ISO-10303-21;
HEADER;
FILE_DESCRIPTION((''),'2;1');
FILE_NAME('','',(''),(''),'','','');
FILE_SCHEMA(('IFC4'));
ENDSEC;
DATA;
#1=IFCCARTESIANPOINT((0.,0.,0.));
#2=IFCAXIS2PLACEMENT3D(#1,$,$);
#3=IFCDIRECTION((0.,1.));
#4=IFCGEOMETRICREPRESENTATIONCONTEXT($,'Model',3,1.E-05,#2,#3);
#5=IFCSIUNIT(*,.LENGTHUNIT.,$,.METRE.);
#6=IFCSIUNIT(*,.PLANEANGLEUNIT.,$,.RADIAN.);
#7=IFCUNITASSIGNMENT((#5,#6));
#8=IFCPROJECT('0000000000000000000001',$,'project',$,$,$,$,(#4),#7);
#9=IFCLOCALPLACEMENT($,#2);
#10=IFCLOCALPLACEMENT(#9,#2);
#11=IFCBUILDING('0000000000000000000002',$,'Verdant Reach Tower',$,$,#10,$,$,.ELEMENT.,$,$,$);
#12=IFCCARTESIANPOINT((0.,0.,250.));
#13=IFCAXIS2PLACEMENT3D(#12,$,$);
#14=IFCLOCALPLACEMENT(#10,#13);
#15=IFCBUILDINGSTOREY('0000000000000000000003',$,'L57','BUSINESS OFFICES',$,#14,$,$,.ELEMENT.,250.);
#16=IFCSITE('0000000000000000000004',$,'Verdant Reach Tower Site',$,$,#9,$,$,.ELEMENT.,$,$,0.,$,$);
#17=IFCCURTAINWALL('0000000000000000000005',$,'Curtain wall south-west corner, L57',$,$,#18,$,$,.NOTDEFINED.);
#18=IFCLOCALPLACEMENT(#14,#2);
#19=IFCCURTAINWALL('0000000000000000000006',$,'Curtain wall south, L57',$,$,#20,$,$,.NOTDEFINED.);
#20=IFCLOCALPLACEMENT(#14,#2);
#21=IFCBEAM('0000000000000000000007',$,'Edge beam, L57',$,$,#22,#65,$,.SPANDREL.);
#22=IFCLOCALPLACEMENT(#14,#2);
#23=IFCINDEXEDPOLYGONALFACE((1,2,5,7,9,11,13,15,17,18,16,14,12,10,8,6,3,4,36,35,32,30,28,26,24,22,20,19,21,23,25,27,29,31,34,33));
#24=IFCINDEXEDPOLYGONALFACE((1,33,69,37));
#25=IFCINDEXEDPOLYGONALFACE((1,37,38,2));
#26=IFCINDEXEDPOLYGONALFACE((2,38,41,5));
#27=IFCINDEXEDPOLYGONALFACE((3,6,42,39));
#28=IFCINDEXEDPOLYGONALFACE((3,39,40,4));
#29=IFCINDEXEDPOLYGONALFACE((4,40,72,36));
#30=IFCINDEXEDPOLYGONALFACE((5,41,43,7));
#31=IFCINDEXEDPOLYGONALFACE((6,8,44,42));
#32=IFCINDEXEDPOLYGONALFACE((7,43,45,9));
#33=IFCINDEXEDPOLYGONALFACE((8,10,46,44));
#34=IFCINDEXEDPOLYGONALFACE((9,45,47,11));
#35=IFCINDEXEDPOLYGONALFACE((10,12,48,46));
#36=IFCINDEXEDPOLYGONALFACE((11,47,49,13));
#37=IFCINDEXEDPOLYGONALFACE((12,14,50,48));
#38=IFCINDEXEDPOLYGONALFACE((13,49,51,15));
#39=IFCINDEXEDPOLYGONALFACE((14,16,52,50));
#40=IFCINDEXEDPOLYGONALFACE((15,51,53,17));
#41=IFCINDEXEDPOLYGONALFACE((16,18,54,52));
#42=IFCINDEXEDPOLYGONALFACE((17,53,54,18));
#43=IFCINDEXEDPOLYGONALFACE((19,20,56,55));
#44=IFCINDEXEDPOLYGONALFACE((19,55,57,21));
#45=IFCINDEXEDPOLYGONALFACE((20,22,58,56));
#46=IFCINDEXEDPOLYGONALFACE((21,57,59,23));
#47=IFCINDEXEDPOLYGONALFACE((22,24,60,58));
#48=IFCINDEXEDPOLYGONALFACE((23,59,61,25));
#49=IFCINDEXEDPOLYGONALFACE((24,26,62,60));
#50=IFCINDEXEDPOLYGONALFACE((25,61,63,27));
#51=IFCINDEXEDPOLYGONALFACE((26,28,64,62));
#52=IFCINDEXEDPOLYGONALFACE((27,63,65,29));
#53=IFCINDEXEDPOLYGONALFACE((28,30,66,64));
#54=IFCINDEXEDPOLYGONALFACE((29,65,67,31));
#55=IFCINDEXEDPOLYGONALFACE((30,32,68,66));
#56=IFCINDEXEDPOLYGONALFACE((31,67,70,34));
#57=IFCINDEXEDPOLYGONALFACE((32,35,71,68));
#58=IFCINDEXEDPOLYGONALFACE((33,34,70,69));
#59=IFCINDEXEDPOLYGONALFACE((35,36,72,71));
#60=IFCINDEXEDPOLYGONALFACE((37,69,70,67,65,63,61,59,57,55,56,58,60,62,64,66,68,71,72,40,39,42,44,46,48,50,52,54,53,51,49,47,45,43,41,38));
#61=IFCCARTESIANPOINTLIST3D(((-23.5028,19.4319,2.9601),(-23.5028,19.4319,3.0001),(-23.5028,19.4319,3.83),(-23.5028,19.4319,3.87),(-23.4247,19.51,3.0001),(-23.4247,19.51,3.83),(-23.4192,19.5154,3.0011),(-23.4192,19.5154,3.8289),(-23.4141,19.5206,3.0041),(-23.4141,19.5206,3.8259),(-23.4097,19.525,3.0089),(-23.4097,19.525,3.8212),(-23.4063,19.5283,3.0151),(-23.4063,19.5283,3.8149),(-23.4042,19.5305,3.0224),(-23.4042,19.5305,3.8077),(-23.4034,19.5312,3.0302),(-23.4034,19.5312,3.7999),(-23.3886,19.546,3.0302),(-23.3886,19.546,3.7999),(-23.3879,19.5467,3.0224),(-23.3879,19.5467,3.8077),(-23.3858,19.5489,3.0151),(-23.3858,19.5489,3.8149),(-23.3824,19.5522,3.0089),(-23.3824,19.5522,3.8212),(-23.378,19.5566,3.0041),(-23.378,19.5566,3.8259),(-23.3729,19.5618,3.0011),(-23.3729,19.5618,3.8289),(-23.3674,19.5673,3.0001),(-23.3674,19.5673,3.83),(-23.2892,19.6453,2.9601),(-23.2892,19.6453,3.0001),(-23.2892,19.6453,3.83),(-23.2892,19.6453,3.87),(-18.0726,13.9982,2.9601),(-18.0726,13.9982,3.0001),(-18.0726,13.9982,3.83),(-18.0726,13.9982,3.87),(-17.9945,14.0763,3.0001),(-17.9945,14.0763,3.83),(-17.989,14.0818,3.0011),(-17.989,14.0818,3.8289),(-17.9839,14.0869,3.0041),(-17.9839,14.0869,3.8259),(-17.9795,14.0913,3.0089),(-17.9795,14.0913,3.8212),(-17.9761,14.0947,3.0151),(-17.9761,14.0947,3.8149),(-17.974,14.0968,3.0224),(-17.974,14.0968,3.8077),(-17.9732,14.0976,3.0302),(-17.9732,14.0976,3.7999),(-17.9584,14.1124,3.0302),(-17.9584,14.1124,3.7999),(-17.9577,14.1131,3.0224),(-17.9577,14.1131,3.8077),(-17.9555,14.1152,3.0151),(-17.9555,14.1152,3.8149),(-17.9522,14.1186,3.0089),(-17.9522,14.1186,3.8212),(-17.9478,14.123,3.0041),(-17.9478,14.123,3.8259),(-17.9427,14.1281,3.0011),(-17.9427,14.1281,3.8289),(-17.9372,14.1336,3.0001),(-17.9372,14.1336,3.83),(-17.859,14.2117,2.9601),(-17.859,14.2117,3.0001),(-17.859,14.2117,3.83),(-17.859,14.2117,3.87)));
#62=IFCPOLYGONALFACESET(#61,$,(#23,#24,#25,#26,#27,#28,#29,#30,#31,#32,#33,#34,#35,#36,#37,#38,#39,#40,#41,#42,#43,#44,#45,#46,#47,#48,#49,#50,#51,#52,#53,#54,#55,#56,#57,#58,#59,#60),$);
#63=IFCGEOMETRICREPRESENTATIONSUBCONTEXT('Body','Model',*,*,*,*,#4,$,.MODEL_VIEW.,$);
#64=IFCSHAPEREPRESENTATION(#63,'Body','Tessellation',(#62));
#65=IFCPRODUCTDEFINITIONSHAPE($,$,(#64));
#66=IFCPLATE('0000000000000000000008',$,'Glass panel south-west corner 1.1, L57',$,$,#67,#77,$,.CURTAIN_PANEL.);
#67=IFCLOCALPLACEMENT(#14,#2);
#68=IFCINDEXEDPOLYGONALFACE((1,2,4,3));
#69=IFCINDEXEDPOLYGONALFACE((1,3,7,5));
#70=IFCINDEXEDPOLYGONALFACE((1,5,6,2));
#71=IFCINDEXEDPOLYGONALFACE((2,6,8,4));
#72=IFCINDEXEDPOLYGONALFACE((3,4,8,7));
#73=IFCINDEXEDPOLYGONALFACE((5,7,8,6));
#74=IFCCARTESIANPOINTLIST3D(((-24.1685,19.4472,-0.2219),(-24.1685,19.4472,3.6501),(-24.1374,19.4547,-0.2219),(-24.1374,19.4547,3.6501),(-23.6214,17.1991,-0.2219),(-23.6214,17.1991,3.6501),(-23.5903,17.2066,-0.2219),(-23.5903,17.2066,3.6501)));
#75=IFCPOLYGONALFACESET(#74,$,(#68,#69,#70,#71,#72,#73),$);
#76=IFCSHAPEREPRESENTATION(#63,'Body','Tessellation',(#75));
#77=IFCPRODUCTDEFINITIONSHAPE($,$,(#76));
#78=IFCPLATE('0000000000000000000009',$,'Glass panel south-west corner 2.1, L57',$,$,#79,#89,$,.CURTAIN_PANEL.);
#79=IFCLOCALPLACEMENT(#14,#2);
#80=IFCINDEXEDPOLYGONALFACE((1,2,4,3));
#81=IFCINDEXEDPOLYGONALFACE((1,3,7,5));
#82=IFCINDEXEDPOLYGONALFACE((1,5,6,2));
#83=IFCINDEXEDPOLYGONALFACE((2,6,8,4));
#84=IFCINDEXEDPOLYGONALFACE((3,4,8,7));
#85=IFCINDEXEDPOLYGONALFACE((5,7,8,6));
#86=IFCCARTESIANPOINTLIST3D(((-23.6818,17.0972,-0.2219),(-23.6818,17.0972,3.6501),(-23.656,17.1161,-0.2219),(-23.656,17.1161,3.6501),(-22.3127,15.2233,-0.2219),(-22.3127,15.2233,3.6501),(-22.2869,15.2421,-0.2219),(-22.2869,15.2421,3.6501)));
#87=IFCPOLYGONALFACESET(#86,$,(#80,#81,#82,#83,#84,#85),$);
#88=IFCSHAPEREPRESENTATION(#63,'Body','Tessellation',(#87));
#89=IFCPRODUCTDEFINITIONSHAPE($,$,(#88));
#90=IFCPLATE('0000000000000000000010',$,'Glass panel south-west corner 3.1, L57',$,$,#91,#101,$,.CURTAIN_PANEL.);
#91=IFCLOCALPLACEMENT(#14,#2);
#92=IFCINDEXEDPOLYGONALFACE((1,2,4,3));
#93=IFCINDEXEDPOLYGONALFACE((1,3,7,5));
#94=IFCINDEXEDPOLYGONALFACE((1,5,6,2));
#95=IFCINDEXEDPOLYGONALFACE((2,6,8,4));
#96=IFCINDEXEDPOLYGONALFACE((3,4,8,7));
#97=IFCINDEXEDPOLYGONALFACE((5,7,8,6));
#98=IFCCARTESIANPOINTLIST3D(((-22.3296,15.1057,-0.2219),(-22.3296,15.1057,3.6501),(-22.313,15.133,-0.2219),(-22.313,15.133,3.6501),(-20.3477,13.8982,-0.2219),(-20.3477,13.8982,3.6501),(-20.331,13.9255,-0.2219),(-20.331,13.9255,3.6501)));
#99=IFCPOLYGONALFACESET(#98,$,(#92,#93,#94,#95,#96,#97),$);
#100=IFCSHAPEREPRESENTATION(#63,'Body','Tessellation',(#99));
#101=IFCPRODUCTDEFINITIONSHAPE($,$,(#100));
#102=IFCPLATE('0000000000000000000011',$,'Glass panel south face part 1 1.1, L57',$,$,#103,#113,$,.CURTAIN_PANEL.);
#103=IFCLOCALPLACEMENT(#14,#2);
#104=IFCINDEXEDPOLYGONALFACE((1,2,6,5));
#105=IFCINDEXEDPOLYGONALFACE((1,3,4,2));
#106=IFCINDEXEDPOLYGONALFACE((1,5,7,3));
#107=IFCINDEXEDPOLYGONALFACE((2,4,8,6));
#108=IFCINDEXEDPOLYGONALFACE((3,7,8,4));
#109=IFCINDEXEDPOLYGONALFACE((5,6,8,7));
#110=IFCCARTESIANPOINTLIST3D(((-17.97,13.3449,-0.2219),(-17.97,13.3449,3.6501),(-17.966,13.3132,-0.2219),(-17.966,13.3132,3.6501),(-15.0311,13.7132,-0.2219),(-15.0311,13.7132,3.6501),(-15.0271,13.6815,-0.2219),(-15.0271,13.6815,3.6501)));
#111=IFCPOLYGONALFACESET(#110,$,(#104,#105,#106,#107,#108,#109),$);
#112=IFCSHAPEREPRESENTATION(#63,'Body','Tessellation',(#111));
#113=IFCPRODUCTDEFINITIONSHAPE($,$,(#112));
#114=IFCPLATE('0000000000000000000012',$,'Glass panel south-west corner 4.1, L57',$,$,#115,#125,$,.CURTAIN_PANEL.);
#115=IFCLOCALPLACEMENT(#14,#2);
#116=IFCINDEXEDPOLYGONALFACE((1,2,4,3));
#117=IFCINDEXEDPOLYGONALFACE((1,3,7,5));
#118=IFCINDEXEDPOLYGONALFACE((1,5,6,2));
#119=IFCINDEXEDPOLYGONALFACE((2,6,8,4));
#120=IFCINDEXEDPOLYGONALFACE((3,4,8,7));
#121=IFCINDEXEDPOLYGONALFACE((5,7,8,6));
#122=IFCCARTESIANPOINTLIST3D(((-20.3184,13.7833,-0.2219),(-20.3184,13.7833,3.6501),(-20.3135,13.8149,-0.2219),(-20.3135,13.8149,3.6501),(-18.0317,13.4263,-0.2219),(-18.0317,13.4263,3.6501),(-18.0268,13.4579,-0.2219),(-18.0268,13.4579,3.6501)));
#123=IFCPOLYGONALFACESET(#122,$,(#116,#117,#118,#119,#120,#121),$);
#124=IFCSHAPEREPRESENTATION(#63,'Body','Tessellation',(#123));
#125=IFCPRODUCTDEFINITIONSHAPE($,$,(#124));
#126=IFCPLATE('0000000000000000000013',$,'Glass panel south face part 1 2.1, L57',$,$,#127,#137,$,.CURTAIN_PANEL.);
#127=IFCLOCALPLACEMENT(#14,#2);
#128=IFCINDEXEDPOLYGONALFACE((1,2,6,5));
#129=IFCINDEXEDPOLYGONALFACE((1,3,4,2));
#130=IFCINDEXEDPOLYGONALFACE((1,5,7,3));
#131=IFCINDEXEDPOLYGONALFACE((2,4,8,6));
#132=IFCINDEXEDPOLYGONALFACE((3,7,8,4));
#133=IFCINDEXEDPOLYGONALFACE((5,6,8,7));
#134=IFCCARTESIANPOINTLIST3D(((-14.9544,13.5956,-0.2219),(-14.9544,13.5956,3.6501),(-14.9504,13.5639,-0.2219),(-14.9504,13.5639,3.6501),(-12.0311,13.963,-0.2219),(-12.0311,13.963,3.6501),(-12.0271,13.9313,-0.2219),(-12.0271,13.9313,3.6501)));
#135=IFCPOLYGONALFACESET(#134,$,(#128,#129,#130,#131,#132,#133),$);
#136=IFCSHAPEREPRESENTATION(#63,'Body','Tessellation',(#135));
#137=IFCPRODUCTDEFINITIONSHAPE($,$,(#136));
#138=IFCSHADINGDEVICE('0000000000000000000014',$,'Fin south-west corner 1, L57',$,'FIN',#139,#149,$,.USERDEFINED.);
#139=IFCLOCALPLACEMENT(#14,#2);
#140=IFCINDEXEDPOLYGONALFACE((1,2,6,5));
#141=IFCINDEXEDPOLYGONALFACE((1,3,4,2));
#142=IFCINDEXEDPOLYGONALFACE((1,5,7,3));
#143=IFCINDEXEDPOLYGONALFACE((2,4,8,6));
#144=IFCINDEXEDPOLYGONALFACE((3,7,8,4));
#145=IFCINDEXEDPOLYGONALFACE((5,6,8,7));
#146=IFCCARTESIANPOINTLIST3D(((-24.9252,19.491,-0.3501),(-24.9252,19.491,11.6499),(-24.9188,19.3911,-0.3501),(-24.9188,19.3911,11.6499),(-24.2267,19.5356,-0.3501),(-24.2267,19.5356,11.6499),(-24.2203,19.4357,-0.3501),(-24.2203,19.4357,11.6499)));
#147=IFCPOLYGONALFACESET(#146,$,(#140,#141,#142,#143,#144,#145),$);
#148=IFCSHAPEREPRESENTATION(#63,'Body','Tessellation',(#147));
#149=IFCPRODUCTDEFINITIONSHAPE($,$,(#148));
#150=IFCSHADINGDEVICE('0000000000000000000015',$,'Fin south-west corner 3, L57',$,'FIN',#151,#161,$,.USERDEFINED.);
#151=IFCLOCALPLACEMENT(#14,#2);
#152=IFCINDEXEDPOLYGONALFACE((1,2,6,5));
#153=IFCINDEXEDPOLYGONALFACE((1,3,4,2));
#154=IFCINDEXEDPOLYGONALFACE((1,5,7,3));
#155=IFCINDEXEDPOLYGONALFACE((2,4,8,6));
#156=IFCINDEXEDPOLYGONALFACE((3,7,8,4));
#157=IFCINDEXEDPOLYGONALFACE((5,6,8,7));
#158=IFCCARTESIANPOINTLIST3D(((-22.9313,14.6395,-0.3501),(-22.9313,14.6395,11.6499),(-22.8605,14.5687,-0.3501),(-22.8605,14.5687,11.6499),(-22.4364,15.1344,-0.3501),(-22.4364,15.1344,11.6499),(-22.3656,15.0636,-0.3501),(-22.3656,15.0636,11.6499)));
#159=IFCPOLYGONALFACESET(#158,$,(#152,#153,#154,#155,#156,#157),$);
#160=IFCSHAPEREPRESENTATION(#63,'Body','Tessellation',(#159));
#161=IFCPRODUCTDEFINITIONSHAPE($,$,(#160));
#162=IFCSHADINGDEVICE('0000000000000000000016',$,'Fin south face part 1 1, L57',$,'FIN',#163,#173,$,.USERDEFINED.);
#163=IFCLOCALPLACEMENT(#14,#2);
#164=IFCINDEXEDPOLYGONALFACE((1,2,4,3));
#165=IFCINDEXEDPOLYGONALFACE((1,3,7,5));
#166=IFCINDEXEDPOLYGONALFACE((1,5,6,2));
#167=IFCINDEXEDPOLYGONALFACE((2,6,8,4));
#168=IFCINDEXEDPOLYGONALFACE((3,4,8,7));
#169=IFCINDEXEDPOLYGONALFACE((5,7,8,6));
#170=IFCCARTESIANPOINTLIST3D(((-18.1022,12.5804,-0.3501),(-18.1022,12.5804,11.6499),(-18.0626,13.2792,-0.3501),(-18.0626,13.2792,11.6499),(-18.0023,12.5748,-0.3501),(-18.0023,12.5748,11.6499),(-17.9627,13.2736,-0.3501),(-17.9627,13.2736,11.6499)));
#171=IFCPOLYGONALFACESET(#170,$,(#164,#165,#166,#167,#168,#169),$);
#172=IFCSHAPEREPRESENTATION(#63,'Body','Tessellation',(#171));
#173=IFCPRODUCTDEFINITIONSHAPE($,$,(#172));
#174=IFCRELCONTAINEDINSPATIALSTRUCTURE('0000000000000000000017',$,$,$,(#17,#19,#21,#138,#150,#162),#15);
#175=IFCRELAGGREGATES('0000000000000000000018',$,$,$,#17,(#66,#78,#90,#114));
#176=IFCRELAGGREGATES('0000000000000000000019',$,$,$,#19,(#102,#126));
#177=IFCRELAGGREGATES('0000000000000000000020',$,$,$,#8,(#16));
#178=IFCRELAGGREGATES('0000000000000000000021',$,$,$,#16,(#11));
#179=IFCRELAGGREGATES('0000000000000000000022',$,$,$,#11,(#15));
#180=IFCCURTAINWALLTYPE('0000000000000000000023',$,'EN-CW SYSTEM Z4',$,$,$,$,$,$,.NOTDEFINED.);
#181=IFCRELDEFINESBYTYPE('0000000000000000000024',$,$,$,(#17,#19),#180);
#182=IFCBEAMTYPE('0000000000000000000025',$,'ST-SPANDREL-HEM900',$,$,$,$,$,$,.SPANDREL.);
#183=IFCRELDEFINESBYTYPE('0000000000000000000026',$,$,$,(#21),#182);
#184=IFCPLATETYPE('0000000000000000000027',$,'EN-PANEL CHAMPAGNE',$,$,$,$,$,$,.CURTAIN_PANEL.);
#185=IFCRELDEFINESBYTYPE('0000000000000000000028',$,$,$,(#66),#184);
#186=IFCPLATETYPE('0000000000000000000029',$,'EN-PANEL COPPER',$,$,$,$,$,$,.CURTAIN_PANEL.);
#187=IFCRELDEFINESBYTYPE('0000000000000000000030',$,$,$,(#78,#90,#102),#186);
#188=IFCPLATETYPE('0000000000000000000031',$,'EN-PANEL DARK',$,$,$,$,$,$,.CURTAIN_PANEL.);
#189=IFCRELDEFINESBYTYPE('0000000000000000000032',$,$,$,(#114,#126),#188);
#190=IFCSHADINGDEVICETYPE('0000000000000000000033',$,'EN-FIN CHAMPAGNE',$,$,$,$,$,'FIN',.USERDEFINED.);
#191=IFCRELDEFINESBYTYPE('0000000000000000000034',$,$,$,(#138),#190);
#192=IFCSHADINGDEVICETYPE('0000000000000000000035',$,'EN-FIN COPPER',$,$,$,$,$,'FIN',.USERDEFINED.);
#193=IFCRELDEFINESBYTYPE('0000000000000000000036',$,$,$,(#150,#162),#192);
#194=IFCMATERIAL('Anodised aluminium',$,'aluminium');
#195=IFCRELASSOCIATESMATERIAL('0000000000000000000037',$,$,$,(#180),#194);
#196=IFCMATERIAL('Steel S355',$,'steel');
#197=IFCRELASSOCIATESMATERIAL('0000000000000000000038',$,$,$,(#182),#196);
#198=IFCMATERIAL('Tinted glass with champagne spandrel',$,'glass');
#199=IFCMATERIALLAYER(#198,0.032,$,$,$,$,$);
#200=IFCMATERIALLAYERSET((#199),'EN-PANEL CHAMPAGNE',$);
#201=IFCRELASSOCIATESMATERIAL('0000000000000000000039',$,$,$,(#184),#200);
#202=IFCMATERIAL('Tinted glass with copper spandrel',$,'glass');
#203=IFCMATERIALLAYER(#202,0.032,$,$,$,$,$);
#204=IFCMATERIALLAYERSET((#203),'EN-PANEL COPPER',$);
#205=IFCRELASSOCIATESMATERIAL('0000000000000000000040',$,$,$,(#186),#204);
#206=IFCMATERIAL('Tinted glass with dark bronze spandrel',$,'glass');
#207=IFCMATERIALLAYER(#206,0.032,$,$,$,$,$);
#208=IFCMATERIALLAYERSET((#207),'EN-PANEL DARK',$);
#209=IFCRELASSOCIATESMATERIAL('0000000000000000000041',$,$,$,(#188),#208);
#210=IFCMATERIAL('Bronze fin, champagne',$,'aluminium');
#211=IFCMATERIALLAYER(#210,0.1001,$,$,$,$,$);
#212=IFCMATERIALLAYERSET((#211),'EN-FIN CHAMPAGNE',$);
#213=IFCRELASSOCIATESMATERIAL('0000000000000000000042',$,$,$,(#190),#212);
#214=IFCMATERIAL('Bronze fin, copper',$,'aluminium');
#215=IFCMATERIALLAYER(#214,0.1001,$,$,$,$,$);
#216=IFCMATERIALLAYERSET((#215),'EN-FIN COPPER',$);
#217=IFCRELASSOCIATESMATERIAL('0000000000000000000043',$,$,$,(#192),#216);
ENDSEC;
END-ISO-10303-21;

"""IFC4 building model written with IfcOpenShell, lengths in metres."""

from ifc_helpers import new_model, si_unit, direction, frame, origin, origin_2d, place, context, subcontext, project, spatial, rectangle, i_section, extrude, material, layer, layer_set, material_profile, profile_set, type_object, element, aggregate, save


model = new_model("IFC4")

# Units and contexts
model_context = context("Model", 3, precision=1e-05, world=origin(), true_north=direction((0.0, 1.0)))
body_context = subcontext(model_context, "Body", "Model", "MODEL_VIEW")
ifc_project = project(units=[si_unit("LENGTHUNIT", "METRE"), si_unit("PLANEANGLEUNIT", "RADIAN")], contexts=[model_context])

# Site, building, storey
site_placement = place(None, origin())
site = spatial("IfcSite", under=ifc_project, at=site_placement, Name="Verdant Reach Tower Site", CompositionType="ELEMENT", RefElevation=0.0)
building_placement = place(site_placement, origin())
building = spatial("IfcBuilding", under=site, at=building_placement, Name="Verdant Reach Tower", CompositionType="ELEMENT")
storey_placement = place(building_placement, frame((0.0, 0.0, 250.0)))
storey = spatial("IfcBuildingStorey", under=building, at=storey_placement, Name="L57", Description="BUSINESS OFFICES", CompositionType="ELEMENT", Elevation=250.0)

# Curtain walls
ifc_material_1 = material(Name="Anodised aluminium", Category="aluminium")
curtain_wall_type = type_object("IfcCurtainWallType", Name="EN-CW SYSTEM Z4", PredefinedType="NOTDEFINED", material=ifc_material_1)
curtain_wall_1_placement = place(storey_placement, origin())
curtain_wall_1 = element("IfcCurtainWall", 1, at=curtain_wall_1_placement, inside=storey, type_object=curtain_wall_type, Name="Curtain wall south-west corner, L57", PredefinedType="NOTDEFINED")
curtain_wall_2_placement = place(storey_placement, origin())
curtain_wall_2 = element("IfcCurtainWall", 2, at=curtain_wall_2_placement, inside=storey, type_object=curtain_wall_type, Name="Curtain wall south, L57", PredefinedType="NOTDEFINED")

# Beam
ifc_material_2 = material(Name="Steel S355", Category="steel")
ifc_material_profile_1 = material_profile(ifc_material_2, i_section(OverallWidth=0.302, OverallDepth=0.9099, WebThickness=0.021, FlangeThickness=0.04, FilletRadius=0.03, at=origin_2d()), Name="HEM 900")
ifc_profile_set_1 = profile_set([ifc_material_profile_1], Name="Steel S355")
beam_type_1 = type_object("IfcBeamType", Name="ST-SPANDREL-HEM900", PredefinedType="SPANDREL", material=ifc_profile_set_1)
beam_1_placement = place(storey_placement, frame((-17.9658, 14.105, 3.415), z_axis=(-0.706884, 0.707329, 0.0), x_axis=(-0.707329, -0.706884, 0.0)))
element("IfcBeam", 3, at=beam_1_placement, inside=storey, type_object=beam_type_1, Name="Edge beam, L57", PredefinedType="SPANDREL", context=body_context, shape_type="SweptSolid", body=[
    extrude(i_section(OverallWidth=0.302, OverallDepth=0.9099, WebThickness=0.021, FlangeThickness=0.04, FilletRadius=0.03, at=origin_2d()), origin(), (0.0, 0.0, 1.0), 7.6819),
])

# Plates
ifc_material_3 = material(Name="Tinted glass with champagne spandrel", Category="glass")
ifc_layer_1 = layer(ifc_material_3, 0.032)
ifc_layer_set_1 = layer_set([ifc_layer_1], Name="EN-PANEL CHAMPAGNE")
plate_type_1 = type_object("IfcPlateType", Name="EN-PANEL CHAMPAGNE", PredefinedType="CURTAIN_PANEL", material=ifc_layer_set_1)
plate_1_placement = place(storey_placement, frame((-23.8794, 18.3269, -0.2219), z_axis=(0.0, 0.0, 1.0), x_axis=(0.236459, -0.971642, 0.0)))
plate_1 = element("IfcPlate", 4, at=plate_1_placement, type_object=plate_type_1, Name="Glass panel south-west corner 1.1, L57", PredefinedType="CURTAIN_PANEL", context=body_context, shape_type="SweptSolid", body=[
    extrude(rectangle(XDim=2.3137, YDim=0.032, at=origin_2d()), origin(), (0.0, 0.0, 1.0), 3.8721),
])
ifc_material_4 = material(Name="Tinted glass with copper spandrel", Category="glass")
ifc_layer_2 = layer(ifc_material_4, 0.032)
ifc_layer_set_2 = layer_set([ifc_layer_2], Name="EN-PANEL COPPER")
plate_type_2 = type_object("IfcPlateType", Name="EN-PANEL COPPER", PredefinedType="CURTAIN_PANEL", material=ifc_layer_set_2)
plate_2_placement = place(storey_placement, frame((-22.9844, 16.1697, -0.2219), z_axis=(0.0, 0.0, 1.0), x_axis=(0.589927, -0.807457, 0.0)))
plate_2 = element("IfcPlate", 5, at=plate_2_placement, type_object=plate_type_2, Name="Glass panel south-west corner 2.1, L57", PredefinedType="CURTAIN_PANEL", context=body_context, shape_type="SweptSolid", body=[
    extrude(rectangle(XDim=2.3208, YDim=0.032, at=origin_2d()), origin(), (0.0, 0.0, 1.0), 3.8721),
])
plate_3_placement = place(storey_placement, frame((-21.3303, 14.5156, -0.2219), z_axis=(0.0, 0.0, 1.0), x_axis=(0.853989, -0.520292, 0.0)))
plate_3 = element("IfcPlate", 6, at=plate_3_placement, type_object=plate_type_2, Name="Glass panel south-west corner 3.1, L57", PredefinedType="CURTAIN_PANEL", context=body_context, shape_type="SweptSolid", body=[
    extrude(rectangle(XDim=2.3208, YDim=0.032, at=origin_2d()), origin(), (0.0, 0.0, 1.0), 3.8721),
])
plate_4_placement = place(storey_placement, frame((-16.4985, 13.5132, -0.2219), z_axis=(0.0, 0.0, 1.0), x_axis=(0.992239, 0.124346, 0.0)))
plate_4 = element("IfcPlate", 7, at=plate_4_placement, type_object=plate_type_2, Name="Glass panel south face part 1 1.1, L57", PredefinedType="CURTAIN_PANEL", context=body_context, shape_type="SweptSolid", body=[
    extrude(rectangle(XDim=2.9619, YDim=0.032, at=origin_2d()), origin(), (0.0, 0.0, 1.0), 3.8721),
])
ifc_material_5 = material(Name="Tinted glass with dark bronze spandrel", Category="glass")
ifc_layer_3 = layer(ifc_material_5, 0.032)
ifc_layer_set_3 = layer_set([ifc_layer_3], Name="EN-PANEL DARK")
plate_type_3 = type_object("IfcPlateType", Name="EN-PANEL DARK", PredefinedType="CURTAIN_PANEL", material=ifc_layer_set_3)
plate_5_placement = place(storey_placement, frame((-19.1726, 13.6206, -0.2219), z_axis=(0.0, 0.0, 1.0), x_axis=(0.988027, -0.154279, 0.0)))
plate_5 = element("IfcPlate", 8, at=plate_5_placement, type_object=plate_type_3, Name="Glass panel south-west corner 4.1, L57", PredefinedType="CURTAIN_PANEL", context=body_context, shape_type="SweptSolid", body=[
    extrude(rectangle(XDim=2.3145, YDim=0.032, at=origin_2d()), origin(), (0.0, 0.0, 1.0), 3.8721),
])
aggregate(curtain_wall_1, [plate_1, plate_2, plate_3, plate_5])
plate_6_placement = place(storey_placement, frame((-13.4907, 13.7634, -0.2219), z_axis=(0.0, 0.0, 1.0), x_axis=(0.992194, 0.124704, 0.0)))
plate_6 = element("IfcPlate", 9, at=plate_6_placement, type_object=plate_type_3, Name="Glass panel south face part 1 2.1, L57", PredefinedType="CURTAIN_PANEL", context=body_context, shape_type="SweptSolid", body=[
    extrude(rectangle(XDim=2.9463, YDim=0.032, at=origin_2d()), origin(), (0.0, 0.0, 1.0), 3.8721),
])
aggregate(curtain_wall_2, [plate_4, plate_6])

# Shading devices
ifc_material_6 = material(Name="Bronze fin, champagne", Category="aluminium")
ifc_layer_4 = layer(ifc_material_6, 0.1001)
ifc_layer_set_4 = layer_set([ifc_layer_4], Name="EN-FIN CHAMPAGNE")
shading_device_type_1 = type_object("IfcShadingDeviceType", Name="EN-FIN CHAMPAGNE", ElementType="FIN", PredefinedType="USERDEFINED", material=ifc_layer_set_4)
shading_device_placement = place(storey_placement, frame((-24.5728, 19.4634, -0.3501), z_axis=(0.0, 0.0, 1.0), x_axis=(0.063699, -0.997969, 0.0)))
element("IfcShadingDevice", 10, at=shading_device_placement, inside=storey, type_object=shading_device_type_1, Name="Fin south-west corner 1, L57", ObjectType="FIN", PredefinedType="USERDEFINED", context=body_context, shape_type="SweptSolid", body=[
    extrude(rectangle(XDim=0.1001, YDim=0.7, at=origin_2d()), origin(), (0.0, 0.0, 1.0), 12.0),
])
ifc_material_7 = material(Name="Bronze fin, copper", Category="aluminium")
ifc_layer_5 = layer(ifc_material_7, 0.1001)
ifc_layer_set_5 = layer_set([ifc_layer_5], Name="EN-FIN COPPER")
shading_device_type_2 = type_object("IfcShadingDeviceType", Name="EN-FIN COPPER", ElementType="FIN", PredefinedType="USERDEFINED", material=ifc_layer_set_5)
for number, where, z_axis, x_axis, name in (
    (11, (-22.6484, 14.8516, -0.3501), (0.0, 0.0, 1.0), (0.707107, -0.707107, 0.0), "Fin south-west corner 3, L57"),
    (12, (-18.0325, 12.927, -0.3501), (0.0, 0.0, 1.0), (0.998399, -0.056569, 0.0), "Fin south face part 1 1, L57"),
):
    element("IfcShadingDevice", number, at=place(storey_placement, frame(where, z_axis=z_axis, x_axis=x_axis)), inside=storey, type_object=shading_device_type_2, Name=name, ObjectType="FIN", PredefinedType="USERDEFINED", context=body_context, shape_type="SweptSolid", body=[
        extrude(rectangle(XDim=0.1001, YDim=0.7, at=origin_2d()), origin(), (0.0, 0.0, 1.0), 12.0),
    ])

save(model, "model.ifc")
